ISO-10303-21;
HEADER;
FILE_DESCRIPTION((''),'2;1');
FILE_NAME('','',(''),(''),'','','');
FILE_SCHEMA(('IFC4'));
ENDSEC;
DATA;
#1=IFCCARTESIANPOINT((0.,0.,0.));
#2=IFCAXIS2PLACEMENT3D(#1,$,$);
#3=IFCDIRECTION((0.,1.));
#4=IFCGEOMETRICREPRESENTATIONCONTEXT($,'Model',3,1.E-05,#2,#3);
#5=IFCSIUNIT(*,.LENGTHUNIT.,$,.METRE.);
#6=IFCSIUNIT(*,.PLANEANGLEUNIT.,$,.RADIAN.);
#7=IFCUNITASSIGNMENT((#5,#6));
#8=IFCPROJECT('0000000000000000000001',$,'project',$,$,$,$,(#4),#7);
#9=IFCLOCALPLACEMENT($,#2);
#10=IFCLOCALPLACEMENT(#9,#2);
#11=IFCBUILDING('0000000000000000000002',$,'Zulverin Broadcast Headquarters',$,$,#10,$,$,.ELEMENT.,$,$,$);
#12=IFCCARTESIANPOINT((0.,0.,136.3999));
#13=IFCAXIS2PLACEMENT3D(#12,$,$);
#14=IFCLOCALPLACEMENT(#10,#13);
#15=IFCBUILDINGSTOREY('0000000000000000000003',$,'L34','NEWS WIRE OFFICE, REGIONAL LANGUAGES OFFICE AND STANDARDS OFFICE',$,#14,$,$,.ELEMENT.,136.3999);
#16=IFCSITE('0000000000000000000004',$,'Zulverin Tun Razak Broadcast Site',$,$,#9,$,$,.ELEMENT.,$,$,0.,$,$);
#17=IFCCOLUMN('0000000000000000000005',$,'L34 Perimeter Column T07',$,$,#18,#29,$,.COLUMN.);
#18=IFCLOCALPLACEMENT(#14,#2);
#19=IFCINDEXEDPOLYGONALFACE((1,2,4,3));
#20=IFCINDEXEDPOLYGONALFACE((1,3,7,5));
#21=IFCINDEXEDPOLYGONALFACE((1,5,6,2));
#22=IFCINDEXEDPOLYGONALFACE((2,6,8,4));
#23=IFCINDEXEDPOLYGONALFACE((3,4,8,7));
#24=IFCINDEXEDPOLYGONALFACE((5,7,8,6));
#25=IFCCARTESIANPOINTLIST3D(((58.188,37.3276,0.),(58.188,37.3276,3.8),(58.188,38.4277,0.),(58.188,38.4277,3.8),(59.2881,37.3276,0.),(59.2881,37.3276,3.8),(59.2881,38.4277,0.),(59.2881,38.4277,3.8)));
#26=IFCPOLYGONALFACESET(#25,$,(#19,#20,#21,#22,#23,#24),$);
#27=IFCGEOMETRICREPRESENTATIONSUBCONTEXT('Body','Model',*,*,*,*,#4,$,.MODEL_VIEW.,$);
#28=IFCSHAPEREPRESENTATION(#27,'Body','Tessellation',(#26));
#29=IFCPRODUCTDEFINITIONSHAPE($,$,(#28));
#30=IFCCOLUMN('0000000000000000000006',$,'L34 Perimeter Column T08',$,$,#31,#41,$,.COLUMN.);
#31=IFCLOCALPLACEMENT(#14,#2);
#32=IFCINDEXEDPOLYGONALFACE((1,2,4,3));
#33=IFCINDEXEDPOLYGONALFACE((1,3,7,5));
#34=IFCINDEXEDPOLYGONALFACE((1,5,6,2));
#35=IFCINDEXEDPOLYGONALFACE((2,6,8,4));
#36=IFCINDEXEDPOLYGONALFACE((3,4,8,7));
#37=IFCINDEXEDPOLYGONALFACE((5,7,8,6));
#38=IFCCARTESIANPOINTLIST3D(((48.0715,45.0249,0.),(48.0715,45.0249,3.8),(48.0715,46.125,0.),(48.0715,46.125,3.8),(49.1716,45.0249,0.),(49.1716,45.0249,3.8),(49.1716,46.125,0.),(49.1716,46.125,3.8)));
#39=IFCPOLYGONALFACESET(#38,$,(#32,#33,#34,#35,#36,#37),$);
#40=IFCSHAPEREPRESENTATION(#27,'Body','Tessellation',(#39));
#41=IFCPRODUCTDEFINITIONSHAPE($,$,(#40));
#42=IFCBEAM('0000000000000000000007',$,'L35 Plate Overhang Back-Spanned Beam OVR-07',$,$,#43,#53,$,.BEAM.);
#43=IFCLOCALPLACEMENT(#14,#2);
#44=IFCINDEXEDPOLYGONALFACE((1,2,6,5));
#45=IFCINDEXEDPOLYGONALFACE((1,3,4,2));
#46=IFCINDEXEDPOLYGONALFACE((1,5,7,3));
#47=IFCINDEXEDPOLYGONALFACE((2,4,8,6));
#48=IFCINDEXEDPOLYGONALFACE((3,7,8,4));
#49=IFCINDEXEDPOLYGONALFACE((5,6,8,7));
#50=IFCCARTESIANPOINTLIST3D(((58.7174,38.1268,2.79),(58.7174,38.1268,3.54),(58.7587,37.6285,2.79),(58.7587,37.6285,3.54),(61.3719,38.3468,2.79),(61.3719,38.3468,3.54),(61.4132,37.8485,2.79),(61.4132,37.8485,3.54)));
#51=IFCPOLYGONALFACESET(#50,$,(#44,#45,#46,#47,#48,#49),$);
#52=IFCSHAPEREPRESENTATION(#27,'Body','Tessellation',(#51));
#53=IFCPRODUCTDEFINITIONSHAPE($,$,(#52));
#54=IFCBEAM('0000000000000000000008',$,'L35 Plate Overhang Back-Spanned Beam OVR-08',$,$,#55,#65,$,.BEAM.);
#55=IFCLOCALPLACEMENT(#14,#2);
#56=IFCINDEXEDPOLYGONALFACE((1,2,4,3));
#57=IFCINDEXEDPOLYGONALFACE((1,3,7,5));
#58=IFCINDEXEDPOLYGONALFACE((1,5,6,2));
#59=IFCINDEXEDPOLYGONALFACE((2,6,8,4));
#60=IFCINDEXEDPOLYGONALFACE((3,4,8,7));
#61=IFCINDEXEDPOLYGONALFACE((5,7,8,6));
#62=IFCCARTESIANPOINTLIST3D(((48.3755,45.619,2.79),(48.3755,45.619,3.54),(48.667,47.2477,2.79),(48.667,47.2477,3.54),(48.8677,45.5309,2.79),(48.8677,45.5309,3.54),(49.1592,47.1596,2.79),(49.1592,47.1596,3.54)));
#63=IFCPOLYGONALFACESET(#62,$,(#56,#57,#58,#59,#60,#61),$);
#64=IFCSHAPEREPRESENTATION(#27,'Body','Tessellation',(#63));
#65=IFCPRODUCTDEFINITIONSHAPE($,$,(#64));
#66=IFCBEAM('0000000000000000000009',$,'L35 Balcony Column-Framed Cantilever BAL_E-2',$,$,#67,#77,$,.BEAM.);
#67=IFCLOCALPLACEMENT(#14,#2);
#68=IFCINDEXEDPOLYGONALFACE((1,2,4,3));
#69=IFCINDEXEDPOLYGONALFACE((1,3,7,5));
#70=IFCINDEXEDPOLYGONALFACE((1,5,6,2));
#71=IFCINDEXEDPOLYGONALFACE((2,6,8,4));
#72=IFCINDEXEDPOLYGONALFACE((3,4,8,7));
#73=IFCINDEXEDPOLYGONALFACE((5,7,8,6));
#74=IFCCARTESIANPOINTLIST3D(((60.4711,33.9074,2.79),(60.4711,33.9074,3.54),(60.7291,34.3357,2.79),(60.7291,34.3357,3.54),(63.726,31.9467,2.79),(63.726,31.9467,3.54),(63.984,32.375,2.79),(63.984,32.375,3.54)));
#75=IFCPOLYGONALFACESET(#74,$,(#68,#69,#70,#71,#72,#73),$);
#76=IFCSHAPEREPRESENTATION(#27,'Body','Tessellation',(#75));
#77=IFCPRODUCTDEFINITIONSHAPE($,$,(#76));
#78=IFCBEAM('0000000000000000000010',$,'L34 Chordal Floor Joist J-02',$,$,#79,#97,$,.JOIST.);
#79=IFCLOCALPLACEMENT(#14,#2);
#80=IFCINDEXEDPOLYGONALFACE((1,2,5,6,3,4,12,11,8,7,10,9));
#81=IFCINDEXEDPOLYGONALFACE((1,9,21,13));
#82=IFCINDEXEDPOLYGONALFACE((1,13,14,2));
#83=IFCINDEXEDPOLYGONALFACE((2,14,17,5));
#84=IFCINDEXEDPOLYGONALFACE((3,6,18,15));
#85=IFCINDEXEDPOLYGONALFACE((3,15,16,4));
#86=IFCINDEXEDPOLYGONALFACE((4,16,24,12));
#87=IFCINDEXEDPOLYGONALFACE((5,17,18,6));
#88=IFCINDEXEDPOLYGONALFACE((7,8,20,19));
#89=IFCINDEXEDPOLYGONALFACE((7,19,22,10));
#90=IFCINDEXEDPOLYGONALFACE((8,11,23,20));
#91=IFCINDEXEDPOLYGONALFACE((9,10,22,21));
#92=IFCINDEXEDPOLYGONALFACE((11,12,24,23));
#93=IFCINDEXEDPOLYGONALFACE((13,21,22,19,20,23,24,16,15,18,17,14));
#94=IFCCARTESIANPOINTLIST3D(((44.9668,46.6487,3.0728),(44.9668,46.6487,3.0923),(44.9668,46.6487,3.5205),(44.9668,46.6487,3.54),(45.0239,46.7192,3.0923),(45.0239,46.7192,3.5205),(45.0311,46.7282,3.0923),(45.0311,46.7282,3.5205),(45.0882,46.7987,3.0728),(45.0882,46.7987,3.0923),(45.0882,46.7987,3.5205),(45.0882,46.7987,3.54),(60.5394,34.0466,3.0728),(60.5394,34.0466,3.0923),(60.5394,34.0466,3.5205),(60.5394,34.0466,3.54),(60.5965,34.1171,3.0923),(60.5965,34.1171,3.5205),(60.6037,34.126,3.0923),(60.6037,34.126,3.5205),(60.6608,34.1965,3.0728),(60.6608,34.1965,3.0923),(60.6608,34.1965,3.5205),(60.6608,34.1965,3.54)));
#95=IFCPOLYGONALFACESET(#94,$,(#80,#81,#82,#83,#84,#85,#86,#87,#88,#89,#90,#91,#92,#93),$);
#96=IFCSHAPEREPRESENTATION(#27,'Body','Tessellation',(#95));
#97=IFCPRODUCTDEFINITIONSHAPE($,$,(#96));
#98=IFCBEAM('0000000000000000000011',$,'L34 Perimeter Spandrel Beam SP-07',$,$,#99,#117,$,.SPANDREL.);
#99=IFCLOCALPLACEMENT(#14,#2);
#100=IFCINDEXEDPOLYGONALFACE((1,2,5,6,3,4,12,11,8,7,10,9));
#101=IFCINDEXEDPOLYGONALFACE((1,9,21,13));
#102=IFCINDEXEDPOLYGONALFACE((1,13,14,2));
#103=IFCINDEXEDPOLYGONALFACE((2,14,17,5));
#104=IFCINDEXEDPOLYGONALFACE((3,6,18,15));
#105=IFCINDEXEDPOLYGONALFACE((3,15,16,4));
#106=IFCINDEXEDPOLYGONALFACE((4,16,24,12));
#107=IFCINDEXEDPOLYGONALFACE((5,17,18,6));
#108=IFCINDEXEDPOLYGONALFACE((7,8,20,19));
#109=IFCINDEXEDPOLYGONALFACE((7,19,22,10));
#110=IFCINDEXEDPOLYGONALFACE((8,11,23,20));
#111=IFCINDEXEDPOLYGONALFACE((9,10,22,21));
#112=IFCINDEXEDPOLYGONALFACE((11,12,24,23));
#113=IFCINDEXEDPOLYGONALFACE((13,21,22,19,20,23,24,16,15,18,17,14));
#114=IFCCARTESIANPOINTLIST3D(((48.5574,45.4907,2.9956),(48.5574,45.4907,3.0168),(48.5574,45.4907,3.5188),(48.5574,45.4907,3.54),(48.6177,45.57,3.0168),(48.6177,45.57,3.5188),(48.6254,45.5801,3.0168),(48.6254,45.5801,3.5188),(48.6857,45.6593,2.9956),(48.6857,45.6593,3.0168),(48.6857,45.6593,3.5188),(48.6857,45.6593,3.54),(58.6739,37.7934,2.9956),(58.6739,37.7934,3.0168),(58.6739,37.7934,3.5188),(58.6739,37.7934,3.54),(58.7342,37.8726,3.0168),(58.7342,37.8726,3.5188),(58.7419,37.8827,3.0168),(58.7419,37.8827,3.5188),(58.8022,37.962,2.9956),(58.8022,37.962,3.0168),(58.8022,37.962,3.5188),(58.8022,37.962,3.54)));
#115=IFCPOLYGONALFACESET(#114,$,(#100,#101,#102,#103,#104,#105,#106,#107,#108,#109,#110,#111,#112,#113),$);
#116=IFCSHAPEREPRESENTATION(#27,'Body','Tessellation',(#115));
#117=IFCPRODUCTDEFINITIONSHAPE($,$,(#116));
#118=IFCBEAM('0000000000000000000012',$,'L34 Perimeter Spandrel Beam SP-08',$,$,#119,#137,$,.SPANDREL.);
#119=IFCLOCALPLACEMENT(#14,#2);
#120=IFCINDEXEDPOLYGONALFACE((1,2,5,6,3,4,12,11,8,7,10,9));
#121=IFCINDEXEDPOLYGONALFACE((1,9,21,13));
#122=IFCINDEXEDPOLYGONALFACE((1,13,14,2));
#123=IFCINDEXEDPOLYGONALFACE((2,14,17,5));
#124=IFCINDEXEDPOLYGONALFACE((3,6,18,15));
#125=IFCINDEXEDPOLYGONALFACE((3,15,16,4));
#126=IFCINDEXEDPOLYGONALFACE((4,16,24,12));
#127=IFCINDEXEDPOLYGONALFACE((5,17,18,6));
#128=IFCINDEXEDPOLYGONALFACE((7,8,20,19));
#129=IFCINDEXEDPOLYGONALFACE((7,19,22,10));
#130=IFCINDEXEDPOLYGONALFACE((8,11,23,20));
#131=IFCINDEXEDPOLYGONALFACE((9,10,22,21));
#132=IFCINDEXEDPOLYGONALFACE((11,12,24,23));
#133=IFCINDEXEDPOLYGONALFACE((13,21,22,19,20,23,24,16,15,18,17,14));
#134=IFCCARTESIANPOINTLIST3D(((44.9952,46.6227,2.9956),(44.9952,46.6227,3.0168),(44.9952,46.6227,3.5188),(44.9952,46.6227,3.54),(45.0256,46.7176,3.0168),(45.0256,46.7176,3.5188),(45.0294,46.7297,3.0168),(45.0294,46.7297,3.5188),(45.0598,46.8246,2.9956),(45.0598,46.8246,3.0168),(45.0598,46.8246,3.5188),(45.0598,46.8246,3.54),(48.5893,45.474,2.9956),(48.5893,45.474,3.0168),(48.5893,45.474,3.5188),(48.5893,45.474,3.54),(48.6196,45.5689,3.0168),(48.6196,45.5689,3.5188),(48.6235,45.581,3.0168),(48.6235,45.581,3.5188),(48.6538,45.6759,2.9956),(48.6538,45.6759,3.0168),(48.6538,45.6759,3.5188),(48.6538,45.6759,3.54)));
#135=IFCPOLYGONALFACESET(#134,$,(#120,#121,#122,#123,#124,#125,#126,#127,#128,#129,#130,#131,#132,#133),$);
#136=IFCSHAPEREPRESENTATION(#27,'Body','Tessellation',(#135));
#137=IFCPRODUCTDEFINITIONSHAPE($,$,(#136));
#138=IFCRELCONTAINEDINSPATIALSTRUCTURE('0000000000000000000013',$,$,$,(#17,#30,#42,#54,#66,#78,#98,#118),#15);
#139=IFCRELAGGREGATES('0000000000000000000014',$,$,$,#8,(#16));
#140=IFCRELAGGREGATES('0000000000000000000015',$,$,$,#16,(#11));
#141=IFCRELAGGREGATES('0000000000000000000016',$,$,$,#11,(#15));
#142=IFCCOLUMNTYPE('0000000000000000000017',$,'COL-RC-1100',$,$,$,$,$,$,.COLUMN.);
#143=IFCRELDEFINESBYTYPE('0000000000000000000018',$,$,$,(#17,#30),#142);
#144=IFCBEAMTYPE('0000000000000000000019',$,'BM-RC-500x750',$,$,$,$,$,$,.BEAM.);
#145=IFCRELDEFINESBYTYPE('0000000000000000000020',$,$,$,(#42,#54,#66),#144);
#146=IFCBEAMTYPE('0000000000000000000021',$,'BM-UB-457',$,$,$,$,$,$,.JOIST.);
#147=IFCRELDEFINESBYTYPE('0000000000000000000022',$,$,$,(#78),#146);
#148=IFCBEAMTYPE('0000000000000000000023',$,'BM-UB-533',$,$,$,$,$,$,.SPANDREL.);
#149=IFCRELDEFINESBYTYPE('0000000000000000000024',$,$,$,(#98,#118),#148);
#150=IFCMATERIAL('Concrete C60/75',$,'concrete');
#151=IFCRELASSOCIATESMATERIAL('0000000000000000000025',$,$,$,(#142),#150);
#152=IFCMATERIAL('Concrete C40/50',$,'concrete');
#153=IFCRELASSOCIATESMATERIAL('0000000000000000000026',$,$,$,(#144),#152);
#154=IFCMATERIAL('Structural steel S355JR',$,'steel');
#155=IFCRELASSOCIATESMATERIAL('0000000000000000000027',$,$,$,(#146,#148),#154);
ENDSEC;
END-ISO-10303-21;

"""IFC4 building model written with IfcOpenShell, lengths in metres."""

from ifc_helpers import new_model, si_unit, direction, frame, origin, origin_2d, place, context, subcontext, project, spatial, rectangle, i_section, extrude, material, material_profile, profile_set, type_object, element, save


model = new_model("IFC4")

# Units and contexts
model_context = context("Model", 3, precision=1e-05, world=origin(), true_north=direction((0.0, 1.0)))
body_context = subcontext(model_context, "Body", "Model", "MODEL_VIEW")
ifc_project = project(units=[si_unit("LENGTHUNIT", "METRE"), si_unit("PLANEANGLEUNIT", "RADIAN")], contexts=[model_context])

# Site, building, storey
site_placement = place(None, origin())
site = spatial("IfcSite", under=ifc_project, at=site_placement, Name="Zulverin Tun Razak Broadcast Site", CompositionType="ELEMENT", RefElevation=0.0)
building_placement = place(site_placement, origin())
building = spatial("IfcBuilding", under=site, at=building_placement, Name="Zulverin Broadcast Headquarters", CompositionType="ELEMENT")
storey_placement = place(building_placement, frame((0.0, 0.0, 136.3999)))
storey = spatial("IfcBuildingStorey", under=building, at=storey_placement, Name="L34", Description="NEWS WIRE OFFICE, REGIONAL LANGUAGES OFFICE AND STANDARDS OFFICE", CompositionType="ELEMENT", Elevation=136.3999)

# Columns
ifc_material_1 = material(Name="Concrete C60/75", Category="concrete")
ifc_material_profile_1 = material_profile(ifc_material_1, rectangle(XDim=1.1001, YDim=1.1001, at=origin_2d()), Name="Concrete C60/75", Category="concrete")
ifc_profile_set_1 = profile_set([ifc_material_profile_1], Name="Concrete C60/75")
column_type = type_object("IfcColumnType", Name="COL-RC-1100", PredefinedType="COLUMN", material=ifc_profile_set_1)
for number, where, z_axis, x_axis, name in (
    (1, (58.738, 37.8777, 0.0), (0.0, 0.0, 1.0), (1.0, 0.0, 0.0), "L34 Perimeter Column T07"),
    (2, (48.6216, 45.575, 0.0), (0.0, 0.0, 1.0), (1.0, 0.0, 0.0), "L34 Perimeter Column T08"),
):
    element("IfcColumn", number, at=place(storey_placement, frame(where, z_axis=z_axis, x_axis=x_axis)), inside=storey, type_object=column_type, Name=name, PredefinedType="COLUMN", context=body_context, shape_type="SweptSolid", body=[
        extrude(rectangle(XDim=1.1001, YDim=1.1001, at=origin_2d()), origin(), (0.0, 0.0, 1.0), 3.8),
    ])

# Beams
ifc_material_2 = material(Name="Concrete C40/50", Category="concrete")
ifc_material_profile_2 = material_profile(ifc_material_2, rectangle(XDim=0.5, YDim=0.75, at=origin_2d()), Name="Concrete C40/50", Category="concrete")
ifc_profile_set_2 = profile_set([ifc_material_profile_2], Name="Concrete C40/50")
beam_type_1 = type_object("IfcBeamType", Name="BM-RC-500x750", PredefinedType="BEAM", material=ifc_profile_set_2)
beam_1_placement = place(storey_placement, frame((58.738, 37.8777, 3.165), z_axis=(0.996584, 0.082583, 0.0), x_axis=(-0.082583, 0.996584, 0.0)))
element("IfcBeam", 3, at=beam_1_placement, inside=storey, type_object=beam_type_1, Name="L35 Plate Overhang Back-Spanned Beam OVR-07", PredefinedType="BEAM", context=body_context, shape_type="SweptSolid", body=[
    extrude(rectangle(XDim=0.5, YDim=0.75, at=origin_2d()), origin(), (0.0, 0.0, 1.0), 2.6636),
])
beam_2_placement = place(storey_placement, frame((48.6216, 45.575, 3.165), z_axis=(0.176184, 0.984357, 0.0), x_axis=(-0.984357, 0.176184, 0.0)))
element("IfcBeam", 4, at=beam_2_placement, inside=storey, type_object=beam_type_1, Name="L35 Plate Overhang Back-Spanned Beam OVR-08", PredefinedType="BEAM", context=body_context, shape_type="SweptSolid", body=[
    extrude(rectangle(XDim=0.5, YDim=0.75, at=origin_2d()), origin(), (0.0, 0.0, 1.0), 1.6545),
])
beam_3_placement = place(storey_placement, frame((60.6001, 34.1216, 3.165), z_axis=(0.85659, -0.515997, 0.0), x_axis=(0.515997, 0.85659, 0.0)))
element("IfcBeam", 5, at=beam_3_placement, inside=storey, type_object=beam_type_1, Name="L35 Balcony Column-Framed Cantilever BAL_E-2", PredefinedType="BEAM", context=body_context, shape_type="SweptSolid", body=[
    extrude(rectangle(XDim=0.5, YDim=0.75, at=origin_2d()), origin(), (0.0, 0.0, 1.0), 3.7998),
])
ifc_material_3 = material(Name="Structural steel S355JR", Category="steel")
ifc_material_profile_3 = material_profile(ifc_material_3, i_section(OverallWidth=0.1929, OverallDepth=0.4673, WebThickness=0.0115, FlangeThickness=0.0195, at=origin_2d()), Name="Structural steel S355JR", Category="steel")
ifc_profile_set_3 = profile_set([ifc_material_profile_3], Name="Structural steel S355JR")
beam_type_2 = type_object("IfcBeamType", Name="BM-UB-457", PredefinedType="JOIST", material=ifc_profile_set_3)
beam_4_placement = place(storey_placement, frame((60.6001, 34.1216, 3.3064), z_axis=(-0.777349, 0.62907, 0.0), x_axis=(-0.62907, -0.777349, 0.0)))
element("IfcBeam", 6, at=beam_4_placement, inside=storey, type_object=beam_type_2, Name="L34 Chordal Floor Joist J-02", PredefinedType="JOIST", context=body_context, shape_type="SweptSolid", body=[
    extrude(i_section(OverallWidth=0.1929, OverallDepth=0.4673, WebThickness=0.0115, FlangeThickness=0.0195, at=origin_2d()), origin(), (0.0, 0.0, 1.0), 20.033),
])
ifc_material_profile_4 = material_profile(ifc_material_3, i_section(OverallWidth=0.2119, OverallDepth=0.5444, WebThickness=0.0127, FlangeThickness=0.0212, at=origin_2d()), Name="Structural steel S355JR", Category="steel")
ifc_profile_set_4 = profile_set([ifc_material_profile_4], Name="Structural steel S355JR")
beam_type_3 = type_object("IfcBeamType", Name="BM-UB-533", PredefinedType="SPANDREL", material=ifc_profile_set_4)
beam_5_placement = place(storey_placement, frame((58.738, 37.8777, 3.2678), z_axis=(-0.79583, 0.60552, 0.0), x_axis=(-0.60552, -0.79583, 0.0)))
element("IfcBeam", 7, at=beam_5_placement, inside=storey, type_object=beam_type_3, Name="L34 Perimeter Spandrel Beam SP-07", PredefinedType="SPANDREL", context=body_context, shape_type="SweptSolid", body=[
    extrude(i_section(OverallWidth=0.2119, OverallDepth=0.5444, WebThickness=0.0127, FlangeThickness=0.0212, at=origin_2d()), origin(), (0.0, 0.0, 1.0), 12.7119),
])
beam_6_placement = place(storey_placement, frame((48.6216, 45.575, 3.2678), z_axis=(-0.952532, 0.30444, 0.0), x_axis=(-0.30444, -0.952532, 0.0)))
element("IfcBeam", 8, at=beam_6_placement, inside=storey, type_object=beam_type_3, Name="L34 Perimeter Spandrel Beam SP-08", PredefinedType="SPANDREL", context=body_context, shape_type="SweptSolid", body=[
    extrude(i_section(OverallWidth=0.2119, OverallDepth=0.5444, WebThickness=0.0127, FlangeThickness=0.0212, at=origin_2d()), origin(), (0.0, 0.0, 1.0), 3.7732),
])

save(model, "model.ifc")
